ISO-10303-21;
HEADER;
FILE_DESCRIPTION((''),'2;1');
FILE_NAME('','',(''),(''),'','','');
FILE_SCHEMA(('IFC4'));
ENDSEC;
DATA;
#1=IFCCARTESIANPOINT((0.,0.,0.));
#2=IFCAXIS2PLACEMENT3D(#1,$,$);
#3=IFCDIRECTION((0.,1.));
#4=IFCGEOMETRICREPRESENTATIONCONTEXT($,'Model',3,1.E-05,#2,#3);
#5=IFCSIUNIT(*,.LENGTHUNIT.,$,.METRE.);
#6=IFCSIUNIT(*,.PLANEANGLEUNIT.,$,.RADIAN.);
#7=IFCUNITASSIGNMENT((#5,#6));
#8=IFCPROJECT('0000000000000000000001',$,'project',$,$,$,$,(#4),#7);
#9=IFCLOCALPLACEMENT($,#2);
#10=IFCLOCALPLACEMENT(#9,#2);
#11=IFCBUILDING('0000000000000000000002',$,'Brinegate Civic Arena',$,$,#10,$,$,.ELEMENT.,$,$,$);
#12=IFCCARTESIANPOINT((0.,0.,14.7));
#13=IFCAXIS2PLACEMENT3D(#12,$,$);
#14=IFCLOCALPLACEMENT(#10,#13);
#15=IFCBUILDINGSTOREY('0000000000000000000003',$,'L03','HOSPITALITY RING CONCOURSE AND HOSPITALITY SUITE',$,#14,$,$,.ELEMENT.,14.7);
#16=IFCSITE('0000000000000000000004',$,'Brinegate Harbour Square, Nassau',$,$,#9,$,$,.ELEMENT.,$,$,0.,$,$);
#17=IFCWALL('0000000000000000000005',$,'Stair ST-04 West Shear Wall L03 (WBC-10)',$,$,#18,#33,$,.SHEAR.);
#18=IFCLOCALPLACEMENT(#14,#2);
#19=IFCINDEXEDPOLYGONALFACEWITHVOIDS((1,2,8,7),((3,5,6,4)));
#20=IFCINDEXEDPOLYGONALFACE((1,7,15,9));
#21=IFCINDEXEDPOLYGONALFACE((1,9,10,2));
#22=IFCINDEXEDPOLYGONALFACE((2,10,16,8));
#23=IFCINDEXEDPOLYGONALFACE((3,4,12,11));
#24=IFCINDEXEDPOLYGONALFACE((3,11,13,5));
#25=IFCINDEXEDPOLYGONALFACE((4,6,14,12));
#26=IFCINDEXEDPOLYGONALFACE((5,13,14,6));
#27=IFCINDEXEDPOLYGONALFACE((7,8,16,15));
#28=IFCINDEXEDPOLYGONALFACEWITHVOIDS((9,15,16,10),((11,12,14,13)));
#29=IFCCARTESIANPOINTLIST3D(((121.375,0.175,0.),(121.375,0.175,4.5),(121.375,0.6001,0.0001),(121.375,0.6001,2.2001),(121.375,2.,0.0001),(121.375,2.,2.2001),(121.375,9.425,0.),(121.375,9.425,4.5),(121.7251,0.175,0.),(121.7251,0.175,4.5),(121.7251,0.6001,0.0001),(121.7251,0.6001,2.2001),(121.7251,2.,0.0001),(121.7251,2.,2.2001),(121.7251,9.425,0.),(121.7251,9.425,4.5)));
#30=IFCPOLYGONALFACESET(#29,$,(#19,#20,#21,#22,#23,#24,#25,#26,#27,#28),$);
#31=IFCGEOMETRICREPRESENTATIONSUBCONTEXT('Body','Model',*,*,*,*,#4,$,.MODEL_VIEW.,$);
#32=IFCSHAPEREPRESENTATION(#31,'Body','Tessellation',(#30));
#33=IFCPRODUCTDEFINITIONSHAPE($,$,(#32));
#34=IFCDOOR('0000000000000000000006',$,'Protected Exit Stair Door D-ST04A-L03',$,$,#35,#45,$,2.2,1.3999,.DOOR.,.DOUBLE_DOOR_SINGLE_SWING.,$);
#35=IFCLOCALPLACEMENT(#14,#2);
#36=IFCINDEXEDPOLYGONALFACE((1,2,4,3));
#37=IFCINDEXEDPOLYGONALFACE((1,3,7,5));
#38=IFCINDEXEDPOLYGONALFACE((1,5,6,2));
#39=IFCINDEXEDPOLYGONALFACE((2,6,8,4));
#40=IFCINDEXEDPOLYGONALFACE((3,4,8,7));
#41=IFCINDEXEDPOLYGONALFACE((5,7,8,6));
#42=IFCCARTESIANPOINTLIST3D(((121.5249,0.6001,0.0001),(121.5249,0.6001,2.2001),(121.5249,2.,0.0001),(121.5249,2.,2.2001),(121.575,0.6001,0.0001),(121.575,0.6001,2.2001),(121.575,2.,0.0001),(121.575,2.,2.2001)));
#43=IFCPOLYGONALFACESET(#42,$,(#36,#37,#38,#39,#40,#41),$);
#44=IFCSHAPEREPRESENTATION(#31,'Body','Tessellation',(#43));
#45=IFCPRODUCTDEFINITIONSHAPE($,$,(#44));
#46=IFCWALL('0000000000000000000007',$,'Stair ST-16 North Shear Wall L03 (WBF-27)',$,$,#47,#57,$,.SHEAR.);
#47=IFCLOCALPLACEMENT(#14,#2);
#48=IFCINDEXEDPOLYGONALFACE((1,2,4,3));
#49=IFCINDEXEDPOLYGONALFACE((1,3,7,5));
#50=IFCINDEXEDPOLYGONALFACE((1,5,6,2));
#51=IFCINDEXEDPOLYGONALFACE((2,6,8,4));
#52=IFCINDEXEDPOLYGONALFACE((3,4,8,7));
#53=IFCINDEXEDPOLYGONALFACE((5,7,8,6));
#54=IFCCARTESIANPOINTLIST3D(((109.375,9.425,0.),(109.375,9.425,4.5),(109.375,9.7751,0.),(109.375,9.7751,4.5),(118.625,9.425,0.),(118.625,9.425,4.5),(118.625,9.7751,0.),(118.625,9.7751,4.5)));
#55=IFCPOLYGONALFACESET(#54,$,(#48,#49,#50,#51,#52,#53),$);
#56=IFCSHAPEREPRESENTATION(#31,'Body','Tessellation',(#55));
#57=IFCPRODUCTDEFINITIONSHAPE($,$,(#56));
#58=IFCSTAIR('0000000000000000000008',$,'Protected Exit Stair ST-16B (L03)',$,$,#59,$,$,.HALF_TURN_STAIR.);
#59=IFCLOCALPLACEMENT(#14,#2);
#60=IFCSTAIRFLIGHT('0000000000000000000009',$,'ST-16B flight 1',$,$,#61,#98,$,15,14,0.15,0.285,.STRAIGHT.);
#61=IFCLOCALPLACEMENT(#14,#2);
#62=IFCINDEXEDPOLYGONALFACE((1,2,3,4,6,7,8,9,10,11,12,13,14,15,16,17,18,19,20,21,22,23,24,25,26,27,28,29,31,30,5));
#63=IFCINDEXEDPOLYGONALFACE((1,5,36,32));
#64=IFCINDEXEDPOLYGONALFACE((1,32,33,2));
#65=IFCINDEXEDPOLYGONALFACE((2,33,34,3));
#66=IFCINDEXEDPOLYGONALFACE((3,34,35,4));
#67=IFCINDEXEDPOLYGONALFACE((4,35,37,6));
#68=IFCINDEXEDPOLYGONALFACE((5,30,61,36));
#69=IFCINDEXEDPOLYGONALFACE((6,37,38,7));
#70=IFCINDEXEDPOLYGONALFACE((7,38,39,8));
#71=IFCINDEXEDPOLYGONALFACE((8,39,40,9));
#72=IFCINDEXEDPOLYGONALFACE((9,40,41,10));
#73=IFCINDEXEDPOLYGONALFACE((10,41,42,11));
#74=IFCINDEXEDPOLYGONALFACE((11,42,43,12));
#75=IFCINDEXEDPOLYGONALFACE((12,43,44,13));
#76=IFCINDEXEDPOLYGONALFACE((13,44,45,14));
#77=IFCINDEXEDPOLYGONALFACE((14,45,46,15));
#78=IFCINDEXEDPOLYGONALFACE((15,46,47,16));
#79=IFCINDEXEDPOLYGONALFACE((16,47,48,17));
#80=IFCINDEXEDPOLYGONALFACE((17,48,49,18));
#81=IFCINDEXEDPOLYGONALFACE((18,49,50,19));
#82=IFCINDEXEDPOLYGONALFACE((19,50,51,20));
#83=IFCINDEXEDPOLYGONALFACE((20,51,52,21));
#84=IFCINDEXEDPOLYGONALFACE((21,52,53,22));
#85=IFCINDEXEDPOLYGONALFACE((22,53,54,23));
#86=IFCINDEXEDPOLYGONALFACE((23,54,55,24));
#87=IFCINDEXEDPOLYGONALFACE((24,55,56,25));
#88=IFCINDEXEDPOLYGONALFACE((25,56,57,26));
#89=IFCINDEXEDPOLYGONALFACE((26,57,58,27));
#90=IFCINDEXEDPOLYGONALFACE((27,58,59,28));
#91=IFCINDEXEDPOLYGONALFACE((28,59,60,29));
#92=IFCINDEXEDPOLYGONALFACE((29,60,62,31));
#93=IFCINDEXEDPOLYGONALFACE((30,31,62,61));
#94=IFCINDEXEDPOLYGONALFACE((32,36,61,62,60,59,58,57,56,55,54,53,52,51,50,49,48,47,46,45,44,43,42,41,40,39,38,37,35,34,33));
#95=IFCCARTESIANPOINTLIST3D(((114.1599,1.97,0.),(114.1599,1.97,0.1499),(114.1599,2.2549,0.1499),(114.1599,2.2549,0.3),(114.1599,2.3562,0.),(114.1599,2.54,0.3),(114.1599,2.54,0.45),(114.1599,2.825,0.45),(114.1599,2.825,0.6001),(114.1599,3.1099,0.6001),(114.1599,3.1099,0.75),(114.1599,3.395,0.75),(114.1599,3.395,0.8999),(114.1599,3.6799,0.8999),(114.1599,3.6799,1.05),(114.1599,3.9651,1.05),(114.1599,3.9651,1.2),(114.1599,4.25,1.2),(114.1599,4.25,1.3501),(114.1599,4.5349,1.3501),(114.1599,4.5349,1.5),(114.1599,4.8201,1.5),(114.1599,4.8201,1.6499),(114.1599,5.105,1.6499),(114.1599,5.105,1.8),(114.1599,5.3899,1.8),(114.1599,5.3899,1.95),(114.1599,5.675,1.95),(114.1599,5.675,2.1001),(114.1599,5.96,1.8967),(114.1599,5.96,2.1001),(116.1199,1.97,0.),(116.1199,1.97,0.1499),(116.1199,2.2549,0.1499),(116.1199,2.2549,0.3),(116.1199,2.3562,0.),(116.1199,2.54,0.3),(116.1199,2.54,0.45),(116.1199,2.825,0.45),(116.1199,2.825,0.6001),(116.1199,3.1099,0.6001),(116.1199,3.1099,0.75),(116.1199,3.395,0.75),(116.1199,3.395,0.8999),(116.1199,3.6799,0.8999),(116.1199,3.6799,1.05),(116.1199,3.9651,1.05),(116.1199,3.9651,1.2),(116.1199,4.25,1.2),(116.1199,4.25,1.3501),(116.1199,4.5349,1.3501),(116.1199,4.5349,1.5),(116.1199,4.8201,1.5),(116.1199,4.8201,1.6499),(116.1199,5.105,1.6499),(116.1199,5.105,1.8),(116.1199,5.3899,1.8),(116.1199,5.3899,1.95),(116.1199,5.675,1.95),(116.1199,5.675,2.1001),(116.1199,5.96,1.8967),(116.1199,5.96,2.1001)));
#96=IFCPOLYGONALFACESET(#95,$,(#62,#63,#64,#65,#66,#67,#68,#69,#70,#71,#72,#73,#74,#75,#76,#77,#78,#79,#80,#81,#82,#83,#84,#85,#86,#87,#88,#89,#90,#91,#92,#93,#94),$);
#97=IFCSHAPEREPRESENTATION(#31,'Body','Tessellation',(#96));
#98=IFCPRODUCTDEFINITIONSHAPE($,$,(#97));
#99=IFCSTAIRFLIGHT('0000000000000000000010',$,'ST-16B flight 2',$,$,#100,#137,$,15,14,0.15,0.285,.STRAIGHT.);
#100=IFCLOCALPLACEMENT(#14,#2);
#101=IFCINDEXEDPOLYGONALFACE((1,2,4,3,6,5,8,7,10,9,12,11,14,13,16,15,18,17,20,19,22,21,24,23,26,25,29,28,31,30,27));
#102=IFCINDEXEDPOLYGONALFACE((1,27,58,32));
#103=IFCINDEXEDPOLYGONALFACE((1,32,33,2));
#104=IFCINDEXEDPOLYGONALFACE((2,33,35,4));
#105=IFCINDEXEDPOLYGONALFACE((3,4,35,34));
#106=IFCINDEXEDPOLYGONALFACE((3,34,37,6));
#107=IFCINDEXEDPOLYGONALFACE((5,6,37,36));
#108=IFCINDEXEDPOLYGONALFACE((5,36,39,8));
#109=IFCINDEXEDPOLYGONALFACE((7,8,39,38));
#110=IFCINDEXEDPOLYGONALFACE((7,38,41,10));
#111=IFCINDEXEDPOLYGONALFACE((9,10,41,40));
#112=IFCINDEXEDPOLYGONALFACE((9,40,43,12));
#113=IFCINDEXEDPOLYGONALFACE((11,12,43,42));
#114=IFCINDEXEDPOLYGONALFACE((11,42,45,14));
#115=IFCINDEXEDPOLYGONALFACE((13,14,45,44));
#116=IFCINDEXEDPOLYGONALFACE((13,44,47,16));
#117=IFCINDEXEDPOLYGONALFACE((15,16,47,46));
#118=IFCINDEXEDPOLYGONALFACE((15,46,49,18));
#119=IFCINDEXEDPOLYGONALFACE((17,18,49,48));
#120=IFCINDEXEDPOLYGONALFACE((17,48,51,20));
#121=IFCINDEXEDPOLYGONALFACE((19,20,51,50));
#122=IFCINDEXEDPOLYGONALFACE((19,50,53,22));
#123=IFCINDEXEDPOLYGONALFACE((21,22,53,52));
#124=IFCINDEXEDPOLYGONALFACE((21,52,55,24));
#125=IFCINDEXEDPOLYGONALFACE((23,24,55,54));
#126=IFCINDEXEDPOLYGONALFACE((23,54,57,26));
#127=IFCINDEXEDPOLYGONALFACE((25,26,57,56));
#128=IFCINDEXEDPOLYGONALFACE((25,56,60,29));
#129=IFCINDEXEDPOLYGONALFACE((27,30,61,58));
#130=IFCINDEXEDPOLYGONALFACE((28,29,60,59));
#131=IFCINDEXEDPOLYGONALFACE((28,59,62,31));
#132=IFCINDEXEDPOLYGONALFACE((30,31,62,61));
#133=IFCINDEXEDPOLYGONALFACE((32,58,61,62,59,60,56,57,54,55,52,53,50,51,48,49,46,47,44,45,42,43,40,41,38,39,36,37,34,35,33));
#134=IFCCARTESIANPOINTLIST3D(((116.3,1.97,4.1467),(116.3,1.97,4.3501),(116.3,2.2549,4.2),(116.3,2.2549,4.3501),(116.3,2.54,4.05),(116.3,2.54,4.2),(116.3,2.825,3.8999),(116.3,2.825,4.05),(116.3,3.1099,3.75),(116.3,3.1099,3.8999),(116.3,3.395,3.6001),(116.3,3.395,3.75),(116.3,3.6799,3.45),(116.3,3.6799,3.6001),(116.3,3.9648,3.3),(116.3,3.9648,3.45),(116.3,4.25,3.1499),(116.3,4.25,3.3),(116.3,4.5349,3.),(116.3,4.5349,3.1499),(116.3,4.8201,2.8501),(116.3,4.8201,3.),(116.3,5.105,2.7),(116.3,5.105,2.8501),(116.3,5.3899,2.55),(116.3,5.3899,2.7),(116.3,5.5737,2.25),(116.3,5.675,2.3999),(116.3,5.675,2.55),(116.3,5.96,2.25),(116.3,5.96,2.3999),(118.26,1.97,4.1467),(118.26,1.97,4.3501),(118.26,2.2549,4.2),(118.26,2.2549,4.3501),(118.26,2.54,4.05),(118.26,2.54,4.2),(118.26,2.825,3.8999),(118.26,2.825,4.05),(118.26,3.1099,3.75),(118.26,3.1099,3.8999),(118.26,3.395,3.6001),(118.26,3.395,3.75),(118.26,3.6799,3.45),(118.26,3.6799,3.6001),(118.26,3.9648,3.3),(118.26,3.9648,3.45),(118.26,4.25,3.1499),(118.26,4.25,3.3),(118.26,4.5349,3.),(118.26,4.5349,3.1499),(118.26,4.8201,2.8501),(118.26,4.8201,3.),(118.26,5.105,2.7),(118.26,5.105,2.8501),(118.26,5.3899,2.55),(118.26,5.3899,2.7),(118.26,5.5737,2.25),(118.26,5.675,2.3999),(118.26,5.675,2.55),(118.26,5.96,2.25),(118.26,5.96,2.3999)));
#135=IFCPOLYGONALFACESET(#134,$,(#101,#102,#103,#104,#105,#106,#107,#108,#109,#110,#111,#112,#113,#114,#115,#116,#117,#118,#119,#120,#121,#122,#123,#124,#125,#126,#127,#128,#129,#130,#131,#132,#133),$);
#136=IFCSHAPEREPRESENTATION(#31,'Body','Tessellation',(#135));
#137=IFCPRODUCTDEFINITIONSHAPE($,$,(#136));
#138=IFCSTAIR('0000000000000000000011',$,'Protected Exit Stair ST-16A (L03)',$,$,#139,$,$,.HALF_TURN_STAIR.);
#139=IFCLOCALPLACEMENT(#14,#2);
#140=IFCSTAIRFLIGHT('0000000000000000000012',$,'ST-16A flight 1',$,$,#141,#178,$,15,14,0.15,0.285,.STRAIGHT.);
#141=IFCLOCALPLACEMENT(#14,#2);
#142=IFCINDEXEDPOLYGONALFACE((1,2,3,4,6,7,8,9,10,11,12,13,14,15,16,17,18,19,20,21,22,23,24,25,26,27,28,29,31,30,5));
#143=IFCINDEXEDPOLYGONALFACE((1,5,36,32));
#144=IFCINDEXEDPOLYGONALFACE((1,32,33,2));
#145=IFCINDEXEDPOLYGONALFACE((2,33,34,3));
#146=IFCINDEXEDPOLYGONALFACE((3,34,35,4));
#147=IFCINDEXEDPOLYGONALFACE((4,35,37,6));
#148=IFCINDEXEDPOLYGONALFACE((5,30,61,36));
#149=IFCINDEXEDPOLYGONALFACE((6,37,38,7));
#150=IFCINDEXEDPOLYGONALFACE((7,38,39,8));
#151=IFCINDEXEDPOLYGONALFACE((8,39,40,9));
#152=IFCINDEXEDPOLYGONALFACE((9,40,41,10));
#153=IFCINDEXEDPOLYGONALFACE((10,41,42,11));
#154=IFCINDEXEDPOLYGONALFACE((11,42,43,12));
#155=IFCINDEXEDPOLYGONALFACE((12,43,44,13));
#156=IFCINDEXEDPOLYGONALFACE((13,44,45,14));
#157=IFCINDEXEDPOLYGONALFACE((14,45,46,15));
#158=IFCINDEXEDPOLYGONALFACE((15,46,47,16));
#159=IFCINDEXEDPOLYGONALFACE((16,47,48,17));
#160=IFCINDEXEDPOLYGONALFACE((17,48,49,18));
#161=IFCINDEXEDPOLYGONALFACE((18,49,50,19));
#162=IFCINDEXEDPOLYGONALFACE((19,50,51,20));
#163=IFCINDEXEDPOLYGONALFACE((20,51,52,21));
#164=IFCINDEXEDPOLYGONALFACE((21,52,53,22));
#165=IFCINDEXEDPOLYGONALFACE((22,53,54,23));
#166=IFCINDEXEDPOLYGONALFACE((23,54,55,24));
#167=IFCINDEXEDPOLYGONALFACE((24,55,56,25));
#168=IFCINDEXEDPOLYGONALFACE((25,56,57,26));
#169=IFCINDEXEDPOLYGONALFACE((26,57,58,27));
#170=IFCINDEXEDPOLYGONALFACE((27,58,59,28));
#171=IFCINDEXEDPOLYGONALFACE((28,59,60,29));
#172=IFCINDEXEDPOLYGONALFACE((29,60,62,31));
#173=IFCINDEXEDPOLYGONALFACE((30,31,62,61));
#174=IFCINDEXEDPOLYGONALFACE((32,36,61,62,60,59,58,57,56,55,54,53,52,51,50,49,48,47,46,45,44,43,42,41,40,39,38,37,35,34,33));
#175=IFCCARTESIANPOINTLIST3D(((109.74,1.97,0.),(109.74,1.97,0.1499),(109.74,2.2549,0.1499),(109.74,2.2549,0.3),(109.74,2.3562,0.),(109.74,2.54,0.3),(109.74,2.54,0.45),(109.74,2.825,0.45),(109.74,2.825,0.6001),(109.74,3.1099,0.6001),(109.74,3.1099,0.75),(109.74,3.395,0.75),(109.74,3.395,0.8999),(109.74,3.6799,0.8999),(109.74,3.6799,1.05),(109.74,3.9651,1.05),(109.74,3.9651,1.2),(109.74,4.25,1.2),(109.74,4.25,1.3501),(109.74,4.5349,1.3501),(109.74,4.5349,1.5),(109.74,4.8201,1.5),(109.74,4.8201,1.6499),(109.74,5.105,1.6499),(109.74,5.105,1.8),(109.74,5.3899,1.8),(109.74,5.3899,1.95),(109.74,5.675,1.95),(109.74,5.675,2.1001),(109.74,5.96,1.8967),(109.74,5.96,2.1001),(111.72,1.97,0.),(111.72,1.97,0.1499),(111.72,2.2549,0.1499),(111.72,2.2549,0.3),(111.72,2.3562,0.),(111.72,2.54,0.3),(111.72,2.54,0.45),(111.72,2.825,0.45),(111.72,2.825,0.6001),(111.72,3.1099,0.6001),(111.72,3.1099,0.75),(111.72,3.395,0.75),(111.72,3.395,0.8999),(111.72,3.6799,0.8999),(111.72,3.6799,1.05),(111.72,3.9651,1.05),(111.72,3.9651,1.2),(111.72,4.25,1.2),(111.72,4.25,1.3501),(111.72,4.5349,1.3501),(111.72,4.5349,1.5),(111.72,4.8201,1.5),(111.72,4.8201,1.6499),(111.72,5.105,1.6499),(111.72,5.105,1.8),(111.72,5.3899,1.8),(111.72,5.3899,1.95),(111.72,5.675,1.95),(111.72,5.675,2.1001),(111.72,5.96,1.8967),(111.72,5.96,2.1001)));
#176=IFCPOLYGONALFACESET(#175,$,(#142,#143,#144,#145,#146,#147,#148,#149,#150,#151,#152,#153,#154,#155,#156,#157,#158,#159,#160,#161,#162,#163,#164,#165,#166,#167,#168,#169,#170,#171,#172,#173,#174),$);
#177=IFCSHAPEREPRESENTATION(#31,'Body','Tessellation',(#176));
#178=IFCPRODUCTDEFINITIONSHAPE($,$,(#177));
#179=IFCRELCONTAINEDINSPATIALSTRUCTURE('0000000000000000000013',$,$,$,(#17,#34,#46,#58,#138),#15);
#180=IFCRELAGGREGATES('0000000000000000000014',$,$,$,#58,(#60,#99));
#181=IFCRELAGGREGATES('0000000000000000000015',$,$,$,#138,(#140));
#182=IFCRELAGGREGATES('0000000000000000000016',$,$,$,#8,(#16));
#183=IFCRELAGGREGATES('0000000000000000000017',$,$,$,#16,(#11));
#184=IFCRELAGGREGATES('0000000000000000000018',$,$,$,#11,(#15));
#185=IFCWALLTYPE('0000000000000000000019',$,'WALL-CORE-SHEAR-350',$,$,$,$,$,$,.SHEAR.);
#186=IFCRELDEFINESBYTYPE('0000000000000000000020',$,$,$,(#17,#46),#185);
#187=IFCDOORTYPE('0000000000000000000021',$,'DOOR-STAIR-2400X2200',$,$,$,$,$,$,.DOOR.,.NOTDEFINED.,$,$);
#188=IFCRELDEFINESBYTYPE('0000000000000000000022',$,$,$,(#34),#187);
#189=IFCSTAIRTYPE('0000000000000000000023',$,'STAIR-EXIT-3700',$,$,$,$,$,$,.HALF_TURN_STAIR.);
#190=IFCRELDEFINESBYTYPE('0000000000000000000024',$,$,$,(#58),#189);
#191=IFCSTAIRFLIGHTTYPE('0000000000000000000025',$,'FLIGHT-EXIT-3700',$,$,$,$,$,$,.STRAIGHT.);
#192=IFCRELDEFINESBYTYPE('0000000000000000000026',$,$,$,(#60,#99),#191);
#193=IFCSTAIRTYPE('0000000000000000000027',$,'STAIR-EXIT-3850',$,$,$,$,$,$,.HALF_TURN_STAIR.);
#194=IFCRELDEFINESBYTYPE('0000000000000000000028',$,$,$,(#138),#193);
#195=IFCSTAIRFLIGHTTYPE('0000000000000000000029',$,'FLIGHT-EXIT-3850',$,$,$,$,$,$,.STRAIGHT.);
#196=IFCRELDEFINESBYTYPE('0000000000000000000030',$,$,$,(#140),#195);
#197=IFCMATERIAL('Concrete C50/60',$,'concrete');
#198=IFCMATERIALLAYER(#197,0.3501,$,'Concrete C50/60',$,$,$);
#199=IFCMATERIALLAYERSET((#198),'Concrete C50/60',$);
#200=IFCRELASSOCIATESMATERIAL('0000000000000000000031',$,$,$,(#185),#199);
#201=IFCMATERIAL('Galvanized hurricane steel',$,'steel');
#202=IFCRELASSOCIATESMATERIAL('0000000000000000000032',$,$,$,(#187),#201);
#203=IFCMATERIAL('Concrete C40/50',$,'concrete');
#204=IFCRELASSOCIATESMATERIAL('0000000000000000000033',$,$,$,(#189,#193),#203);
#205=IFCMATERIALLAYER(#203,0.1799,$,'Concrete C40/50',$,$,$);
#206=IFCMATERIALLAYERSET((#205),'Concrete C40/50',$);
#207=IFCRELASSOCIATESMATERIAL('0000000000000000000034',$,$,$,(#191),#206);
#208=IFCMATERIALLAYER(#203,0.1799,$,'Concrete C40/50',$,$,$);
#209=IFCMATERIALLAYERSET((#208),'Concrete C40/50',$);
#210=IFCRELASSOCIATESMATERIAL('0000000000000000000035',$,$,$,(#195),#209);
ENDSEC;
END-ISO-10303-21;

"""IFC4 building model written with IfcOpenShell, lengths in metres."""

from ifc_helpers import new_model, si_unit, direction, frame, frame_2d, origin, place, context, subcontext, project, spatial, polyline, rectangle, outline, extrude, material, layer, layer_set, type_object, element, fill, aggregate, save


model = new_model("IFC4")

# Units and contexts
model_context = context("Model", 3, precision=1e-05, world=origin(), true_north=direction((0.0, 1.0)))
body_context = subcontext(model_context, "Body", "Model", "MODEL_VIEW")
ifc_project = project(units=[si_unit("LENGTHUNIT", "METRE"), si_unit("PLANEANGLEUNIT", "RADIAN")], contexts=[model_context])

# Site, building, storey
site_placement = place(None, origin())
site = spatial("IfcSite", under=ifc_project, at=site_placement, Name="Brinegate Harbour Square, Nassau", CompositionType="ELEMENT", RefElevation=0.0)
building_placement = place(site_placement, origin())
building = spatial("IfcBuilding", under=site, at=building_placement, Name="Brinegate Civic Arena", CompositionType="ELEMENT")
storey_placement = place(building_placement, frame((0.0, 0.0, 14.7)))
storey = spatial("IfcBuildingStorey", under=building, at=storey_placement, Name="L03", Description="HOSPITALITY RING CONCOURSE AND HOSPITALITY SUITE", CompositionType="ELEMENT", Elevation=14.7)

# Shared definitions
ifc_material_1 = material(Name="Concrete C50/60", Category="concrete")

# Shared definitions
ifc_layer_1 = layer(ifc_material_1, 0.3501, Name="Concrete C50/60")
ifc_layer_set_1 = layer_set([ifc_layer_1], Name="Concrete C50/60")
wall_type = type_object("IfcWallType", Name="WALL-CORE-SHEAR-350", PredefinedType="SHEAR", material=ifc_layer_set_1)

# Wall, opening, door
wall_1_placement = place(storey_placement, frame((121.55, 0.175, 0.0), z_axis=(0.0, 0.0, 1.0), x_axis=(0.0, 1.0, 0.0)))
wall_1 = element("IfcWall", 1, at=wall_1_placement, inside=storey, type_object=wall_type, Name="Stair ST-04 West Shear Wall L03 (WBC-10)", PredefinedType="SHEAR", context=body_context, shape_type="SweptSolid", body=[
    extrude(rectangle(XDim=9.25, YDim=0.3501, at=frame_2d((4.625, 0.0))), origin(), (0.0, 0.0, 1.0), 4.5),
])
opening_placement = place(wall_1_placement, frame((0.425, 0.0, 0.0)))
opening = element("IfcOpeningElement", 2, at=opening_placement, cuts=wall_1, PredefinedType="OPENING", context=body_context, shape_type="SweptSolid", body=[
    extrude(rectangle(XDim=1.3999, YDim=2.2, at=frame_2d((0.7, 1.1001))), frame((0.0, 0.1851, 0.0), z_axis=(0.0, -1.0, 0.0), x_axis=(1.0, 0.0, 0.0)), (0.0, 0.0, 1.0), 0.3701),
])
ifc_material_2 = material(Name="Galvanized hurricane steel", Category="steel")
door_type = type_object("IfcDoorType", Name="DOOR-STAIR-2400X2200", OperationType="NOTDEFINED", PredefinedType="DOOR", material=ifc_material_2)
door_placement = place(opening_placement, frame((1.3999, 0.0, 0.0), z_axis=(0.0, 0.0, 1.0), x_axis=(-1.0, 0.0, 0.0)))
door = element("IfcDoor", 3, at=door_placement, inside=storey, type_object=door_type, Name="Protected Exit Stair Door D-ST04A-L03", OperationType="DOUBLE_DOOR_SINGLE_SWING", OverallHeight=2.2, OverallWidth=1.3999, PredefinedType="DOOR", context=body_context, shape_type="SweptSolid", body=[
    extrude(rectangle(XDim=1.3999, YDim=2.2, at=frame_2d((0.7, 1.1001))), frame((0.0, 0.0249, 0.0), z_axis=(0.0, -1.0, 0.0), x_axis=(1.0, 0.0, 0.0)), (0.0, 0.0, 1.0), 0.05),
])
fill(opening, door)

# Wall
wall_2_placement = place(storey_placement, frame((109.375, 9.6001, 0.0), z_axis=(0.0, 0.0, 1.0), x_axis=(1.0, 0.0, 0.0)))
element("IfcWall", 4, at=wall_2_placement, inside=storey, type_object=wall_type, Name="Stair ST-16 North Shear Wall L03 (WBF-27)", PredefinedType="SHEAR", context=body_context, shape_type="SweptSolid", body=[
    extrude(rectangle(XDim=9.25, YDim=0.3501, at=frame_2d((4.625, 0.0))), origin(), (0.0, 0.0, 1.0), 4.5),
])

# Stairs, stair flights
ifc_material_3 = material(Name="Concrete C40/50", Category="concrete")
stair_type_1 = type_object("IfcStairType", Name="STAIR-EXIT-3700", PredefinedType="HALF_TURN_STAIR", material=ifc_material_3)
stair_1_placement = place(storey_placement, origin())
stair_1 = element("IfcStair", 5, at=stair_1_placement, inside=storey, type_object=stair_type_1, Name="Protected Exit Stair ST-16B (L03)", PredefinedType="HALF_TURN_STAIR")
ifc_layer_2 = layer(ifc_material_3, 0.1799, Name="Concrete C40/50")
ifc_layer_set_2 = layer_set([ifc_layer_2], Name="Concrete C40/50")
stair_flight_type_1 = type_object("IfcStairFlightType", Name="FLIGHT-EXIT-3700", PredefinedType="STRAIGHT", material=ifc_layer_set_2)
stair_flight_1_placement = place(storey_placement, frame((115.1399, 1.97, 0.0), z_axis=(0.0, 0.0, 1.0), x_axis=(0.0, 1.0, 0.0)))
stair_flight_1 = element("IfcStairFlight", 6, at=stair_flight_1_placement, type_object=stair_flight_type_1, Name="ST-16B flight 1", NumberOfRisers=15, NumberOfTreads=14, PredefinedType="STRAIGHT", RiserHeight=0.15, TreadLength=0.285, context=body_context, shape_type="SweptSolid", body=[
    extrude(outline(polyline([(0.0, 0.0), (0.0, 0.1499), (0.2849, 0.1499), (0.2849, 0.3), (0.5701, 0.3), (0.5701, 0.45), (0.855, 0.45), (0.855, 0.6001), (1.1399, 0.6001), (1.1399, 0.75), (1.425, 0.75), (1.425, 0.8999), (1.71, 0.8999), (1.71, 1.05), (1.9951, 1.05), (1.9951, 1.2), (2.28, 1.2), (2.28, 1.3501), (2.5649, 1.3501), (2.5649, 1.5), (2.8501, 1.5), (2.8501, 1.6499), (3.135, 1.6499), (3.135, 1.8), (3.4199, 1.8), (3.4199, 1.95), (3.7051, 1.95), (3.7051, 2.1001), (3.99, 2.1001), (3.99, 2.25), (3.99, 1.8967), (0.3862, 0.0), (0.0, 0.0)])), frame((0.0, 0.98, 0.0), z_axis=(0.0, -1.0, 0.0), x_axis=(1.0, 0.0, 0.0)), (0.0, 0.0, 1.0), 1.96),
])
stair_flight_2_placement = place(storey_placement, frame((117.28, 5.96, 2.25), z_axis=(0.0, 0.0, 1.0), x_axis=(0.0, -1.0, 0.0)))
stair_flight_2 = element("IfcStairFlight", 7, at=stair_flight_2_placement, type_object=stair_flight_type_1, Name="ST-16B flight 2", NumberOfRisers=15, NumberOfTreads=14, PredefinedType="STRAIGHT", RiserHeight=0.15, TreadLength=0.285, context=body_context, shape_type="SweptSolid", body=[
    extrude(outline(polyline([(0.0, 0.0), (0.0, 0.1499), (0.2849, 0.1499), (0.2849, 0.3), (0.5701, 0.3), (0.5701, 0.45), (0.855, 0.45), (0.855, 0.6001), (1.1399, 0.6001), (1.1399, 0.75), (1.425, 0.75), (1.425, 0.8999), (1.71, 0.8999), (1.71, 1.05), (1.9951, 1.05), (1.9951, 1.2), (2.28, 1.2), (2.28, 1.3501), (2.5649, 1.3501), (2.5649, 1.5), (2.8501, 1.5), (2.8501, 1.6499), (3.135, 1.6499), (3.135, 1.8), (3.4199, 1.8), (3.4199, 1.95), (3.7051, 1.95), (3.7051, 2.1001), (3.99, 2.1001), (3.99, 2.25), (3.99, 1.8967), (0.3862, 0.0), (0.0, 0.0)])), frame((0.0, 0.98, 0.0), z_axis=(0.0, -1.0, 0.0), x_axis=(1.0, 0.0, 0.0)), (0.0, 0.0, 1.0), 1.96),
])
aggregate(stair_1, [stair_flight_1, stair_flight_2])
stair_type_2 = type_object("IfcStairType", Name="STAIR-EXIT-3850", PredefinedType="HALF_TURN_STAIR", material=ifc_material_3)
stair_2_placement = place(storey_placement, origin())
stair_2 = element("IfcStair", 8, at=stair_2_placement, inside=storey, type_object=stair_type_2, Name="Protected Exit Stair ST-16A (L03)", PredefinedType="HALF_TURN_STAIR")
ifc_layer_3 = layer(ifc_material_3, 0.1799, Name="Concrete C40/50")
ifc_layer_set_3 = layer_set([ifc_layer_3], Name="Concrete C40/50")
stair_flight_type_2 = type_object("IfcStairFlightType", Name="FLIGHT-EXIT-3850", PredefinedType="STRAIGHT", material=ifc_layer_set_3)
stair_flight_3_placement = place(storey_placement, frame((110.73, 1.97, 0.0), z_axis=(0.0, 0.0, 1.0), x_axis=(0.0, 1.0, 0.0)))
stair_flight_3 = element("IfcStairFlight", 9, at=stair_flight_3_placement, type_object=stair_flight_type_2, Name="ST-16A flight 1", NumberOfRisers=15, NumberOfTreads=14, PredefinedType="STRAIGHT", RiserHeight=0.15, TreadLength=0.285, context=body_context, shape_type="SweptSolid", body=[
    extrude(outline(polyline([(0.0, 0.0), (0.0, 0.1499), (0.2849, 0.1499), (0.2849, 0.3), (0.5701, 0.3), (0.5701, 0.45), (0.855, 0.45), (0.855, 0.6001), (1.1399, 0.6001), (1.1399, 0.75), (1.425, 0.75), (1.425, 0.8999), (1.71, 0.8999), (1.71, 1.05), (1.9951, 1.05), (1.9951, 1.2), (2.28, 1.2), (2.28, 1.3501), (2.5649, 1.3501), (2.5649, 1.5), (2.8501, 1.5), (2.8501, 1.6499), (3.135, 1.6499), (3.135, 1.8), (3.4199, 1.8), (3.4199, 1.95), (3.7051, 1.95), (3.7051, 2.1001), (3.99, 2.1001), (3.99, 2.25), (3.99, 1.8967), (0.3862, 0.0), (0.0, 0.0)])), frame((0.0, 0.99, 0.0), z_axis=(0.0, -1.0, 0.0), x_axis=(1.0, 0.0, 0.0)), (0.0, 0.0, 1.0), 1.98),
])
aggregate(stair_2, [stair_flight_3])

save(model, "model.ifc")
